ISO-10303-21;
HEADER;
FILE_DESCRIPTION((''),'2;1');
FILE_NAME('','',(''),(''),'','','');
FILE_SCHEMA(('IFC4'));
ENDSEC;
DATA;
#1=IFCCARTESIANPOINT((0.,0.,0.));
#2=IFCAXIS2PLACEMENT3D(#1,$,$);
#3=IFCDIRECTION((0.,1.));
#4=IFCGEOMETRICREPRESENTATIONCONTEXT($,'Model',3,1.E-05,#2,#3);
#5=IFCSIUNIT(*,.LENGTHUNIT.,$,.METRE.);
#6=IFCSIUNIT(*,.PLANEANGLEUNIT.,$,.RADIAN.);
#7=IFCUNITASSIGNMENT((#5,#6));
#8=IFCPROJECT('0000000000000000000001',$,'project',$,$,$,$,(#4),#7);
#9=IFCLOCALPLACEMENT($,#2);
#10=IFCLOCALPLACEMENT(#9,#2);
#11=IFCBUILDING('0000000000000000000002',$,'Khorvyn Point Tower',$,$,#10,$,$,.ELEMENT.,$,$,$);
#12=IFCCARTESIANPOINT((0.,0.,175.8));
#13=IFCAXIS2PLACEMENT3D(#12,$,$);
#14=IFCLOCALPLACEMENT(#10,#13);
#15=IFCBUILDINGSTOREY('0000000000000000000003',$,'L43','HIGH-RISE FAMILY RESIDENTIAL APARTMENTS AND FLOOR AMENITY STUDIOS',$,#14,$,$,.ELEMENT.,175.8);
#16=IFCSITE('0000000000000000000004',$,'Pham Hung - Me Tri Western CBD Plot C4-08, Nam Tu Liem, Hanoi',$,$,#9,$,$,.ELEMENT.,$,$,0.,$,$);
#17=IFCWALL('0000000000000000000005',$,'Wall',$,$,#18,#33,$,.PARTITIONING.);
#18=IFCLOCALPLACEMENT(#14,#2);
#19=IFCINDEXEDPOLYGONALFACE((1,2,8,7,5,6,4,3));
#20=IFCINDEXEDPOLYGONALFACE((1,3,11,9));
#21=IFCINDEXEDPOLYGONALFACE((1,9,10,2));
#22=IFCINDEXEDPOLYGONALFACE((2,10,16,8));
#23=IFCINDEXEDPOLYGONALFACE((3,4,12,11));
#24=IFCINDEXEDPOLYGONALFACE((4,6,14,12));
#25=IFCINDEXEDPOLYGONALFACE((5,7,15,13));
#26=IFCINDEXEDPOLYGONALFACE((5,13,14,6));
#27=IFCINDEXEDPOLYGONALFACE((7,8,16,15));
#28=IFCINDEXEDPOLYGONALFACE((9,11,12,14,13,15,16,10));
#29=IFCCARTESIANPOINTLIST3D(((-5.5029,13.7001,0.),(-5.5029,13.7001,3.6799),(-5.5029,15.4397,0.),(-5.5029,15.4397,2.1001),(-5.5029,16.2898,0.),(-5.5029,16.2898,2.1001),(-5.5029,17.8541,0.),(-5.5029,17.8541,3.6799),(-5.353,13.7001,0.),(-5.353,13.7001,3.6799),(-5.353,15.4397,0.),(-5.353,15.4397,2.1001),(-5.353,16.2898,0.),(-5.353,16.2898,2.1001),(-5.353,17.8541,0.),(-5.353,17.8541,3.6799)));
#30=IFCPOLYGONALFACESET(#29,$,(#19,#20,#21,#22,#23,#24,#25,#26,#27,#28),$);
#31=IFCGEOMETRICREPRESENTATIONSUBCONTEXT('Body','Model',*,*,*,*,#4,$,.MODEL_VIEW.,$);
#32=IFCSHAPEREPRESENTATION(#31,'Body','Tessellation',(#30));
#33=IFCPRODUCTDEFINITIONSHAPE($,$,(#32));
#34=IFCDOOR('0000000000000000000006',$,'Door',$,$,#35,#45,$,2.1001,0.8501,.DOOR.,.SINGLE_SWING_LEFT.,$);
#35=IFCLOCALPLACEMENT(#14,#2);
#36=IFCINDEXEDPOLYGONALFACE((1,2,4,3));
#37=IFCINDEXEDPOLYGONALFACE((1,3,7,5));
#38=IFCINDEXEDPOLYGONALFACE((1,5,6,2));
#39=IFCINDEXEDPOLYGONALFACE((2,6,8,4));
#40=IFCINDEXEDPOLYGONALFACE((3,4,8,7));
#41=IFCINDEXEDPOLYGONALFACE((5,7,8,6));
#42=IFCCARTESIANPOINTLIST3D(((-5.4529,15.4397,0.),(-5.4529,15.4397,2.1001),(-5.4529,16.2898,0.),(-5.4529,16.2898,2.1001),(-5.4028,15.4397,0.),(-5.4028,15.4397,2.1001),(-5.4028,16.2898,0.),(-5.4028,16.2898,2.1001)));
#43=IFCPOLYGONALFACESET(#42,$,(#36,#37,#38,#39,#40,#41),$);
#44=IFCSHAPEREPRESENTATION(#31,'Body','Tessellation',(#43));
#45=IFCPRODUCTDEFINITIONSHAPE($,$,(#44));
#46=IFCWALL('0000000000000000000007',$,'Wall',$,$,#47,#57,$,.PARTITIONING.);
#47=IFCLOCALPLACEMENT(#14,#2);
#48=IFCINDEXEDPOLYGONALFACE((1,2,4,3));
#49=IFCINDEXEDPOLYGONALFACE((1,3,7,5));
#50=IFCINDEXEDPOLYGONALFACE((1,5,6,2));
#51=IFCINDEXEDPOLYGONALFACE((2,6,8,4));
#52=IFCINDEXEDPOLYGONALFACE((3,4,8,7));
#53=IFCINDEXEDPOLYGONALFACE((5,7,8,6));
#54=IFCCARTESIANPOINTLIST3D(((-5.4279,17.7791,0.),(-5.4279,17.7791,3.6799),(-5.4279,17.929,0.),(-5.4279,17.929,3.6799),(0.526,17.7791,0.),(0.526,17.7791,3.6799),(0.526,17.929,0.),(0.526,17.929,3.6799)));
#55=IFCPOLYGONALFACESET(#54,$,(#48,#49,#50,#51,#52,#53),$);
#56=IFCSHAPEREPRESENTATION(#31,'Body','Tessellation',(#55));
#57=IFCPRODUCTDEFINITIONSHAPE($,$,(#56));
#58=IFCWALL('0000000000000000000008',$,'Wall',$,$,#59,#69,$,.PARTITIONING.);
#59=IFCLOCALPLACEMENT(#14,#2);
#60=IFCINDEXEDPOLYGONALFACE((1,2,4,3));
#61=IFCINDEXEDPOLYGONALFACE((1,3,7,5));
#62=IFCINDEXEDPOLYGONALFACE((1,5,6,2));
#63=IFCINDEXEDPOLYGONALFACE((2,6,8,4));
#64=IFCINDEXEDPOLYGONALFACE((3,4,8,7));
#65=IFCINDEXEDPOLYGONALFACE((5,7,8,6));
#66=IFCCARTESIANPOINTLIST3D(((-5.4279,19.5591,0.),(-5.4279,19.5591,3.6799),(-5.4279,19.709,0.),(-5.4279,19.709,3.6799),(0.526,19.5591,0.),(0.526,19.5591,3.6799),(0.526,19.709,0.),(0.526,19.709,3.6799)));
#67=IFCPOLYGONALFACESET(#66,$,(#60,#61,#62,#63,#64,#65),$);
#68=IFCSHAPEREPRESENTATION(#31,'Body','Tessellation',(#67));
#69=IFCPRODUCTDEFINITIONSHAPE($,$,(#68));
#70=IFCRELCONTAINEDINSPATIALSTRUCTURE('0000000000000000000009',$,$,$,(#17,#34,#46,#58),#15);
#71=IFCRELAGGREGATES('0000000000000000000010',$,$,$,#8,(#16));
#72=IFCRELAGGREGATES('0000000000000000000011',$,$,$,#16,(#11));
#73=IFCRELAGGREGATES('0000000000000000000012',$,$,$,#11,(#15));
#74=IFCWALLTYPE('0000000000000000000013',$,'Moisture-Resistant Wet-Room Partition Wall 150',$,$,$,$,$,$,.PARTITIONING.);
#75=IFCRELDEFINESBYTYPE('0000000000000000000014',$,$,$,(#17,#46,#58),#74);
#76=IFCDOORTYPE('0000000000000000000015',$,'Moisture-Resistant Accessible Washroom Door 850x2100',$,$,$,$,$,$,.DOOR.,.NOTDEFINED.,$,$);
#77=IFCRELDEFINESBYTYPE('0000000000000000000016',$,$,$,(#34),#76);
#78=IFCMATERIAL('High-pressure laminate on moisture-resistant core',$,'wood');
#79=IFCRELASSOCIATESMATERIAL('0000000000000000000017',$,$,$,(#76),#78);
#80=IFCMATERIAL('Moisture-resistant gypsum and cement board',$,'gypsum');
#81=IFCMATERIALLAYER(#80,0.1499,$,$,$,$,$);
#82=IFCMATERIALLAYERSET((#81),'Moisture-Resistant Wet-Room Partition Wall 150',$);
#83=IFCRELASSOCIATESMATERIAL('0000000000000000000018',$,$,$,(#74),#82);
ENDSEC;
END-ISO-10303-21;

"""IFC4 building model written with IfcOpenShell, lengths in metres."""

from ifc_helpers import new_model, si_unit, direction, frame, frame_2d, origin, place, context, subcontext, project, spatial, rectangle, extrude, material, layer, layer_set, type_object, element, fill, save


model = new_model("IFC4")

# Units and contexts
model_context = context("Model", 3, precision=1e-05, world=origin(), true_north=direction((0.0, 1.0)))
body_context = subcontext(model_context, "Body", "Model", "MODEL_VIEW")
ifc_project = project(units=[si_unit("LENGTHUNIT", "METRE"), si_unit("PLANEANGLEUNIT", "RADIAN")], contexts=[model_context])

# Site, building, storey
site_placement = place(None, origin())
site = spatial("IfcSite", under=ifc_project, at=site_placement, Name="Pham Hung - Me Tri Western CBD Plot C4-08, Nam Tu Liem, Hanoi", CompositionType="ELEMENT", RefElevation=0.0)
building_placement = place(site_placement, origin())
building = spatial("IfcBuilding", under=site, at=building_placement, Name="Khorvyn Point Tower", CompositionType="ELEMENT")
storey_placement = place(building_placement, frame((0.0, 0.0, 175.8)))
storey = spatial("IfcBuildingStorey", under=building, at=storey_placement, Name="L43", Description="HIGH-RISE FAMILY RESIDENTIAL APARTMENTS AND FLOOR AMENITY STUDIOS", CompositionType="ELEMENT", Elevation=175.8)

# Wall, opening, door
ifc_material_1 = material(Name="High-pressure laminate on moisture-resistant core", Category="wood")
door_type_1 = type_object("IfcDoorType", Name="Moisture-Resistant Accessible Washroom Door 850x2100", OperationType="NOTDEFINED", PredefinedType="DOOR", material=ifc_material_1)
ifc_material_2 = material(Name="Moisture-resistant gypsum and cement board", Category="gypsum")
ifc_layer_1 = layer(ifc_material_2, 0.1499)
ifc_layer_set_1 = layer_set([ifc_layer_1], Name="Moisture-Resistant Wet-Room Partition Wall 150")
wall_type_1 = type_object("IfcWallType", Name="Moisture-Resistant Wet-Room Partition Wall 150", PredefinedType="PARTITIONING", material=ifc_layer_set_1)
wall_1_placement = place(storey_placement, frame((-5.428, 13.7, 0.0), z_axis=(0.0, 0.0, 1.0), x_axis=(0.0, 1.0, 0.0)))
wall_1 = element("IfcWall", 1, at=wall_1_placement, inside=storey, type_object=wall_type_1, Name="Wall", PredefinedType="PARTITIONING", context=body_context, shape_type="SweptSolid", body=[
    extrude(rectangle(XDim=4.1541, YDim=0.1499, at=frame_2d((2.0771, 0.0))), origin(), (0.0, 0.0, 1.0), 3.6799),
])
opening_1_placement = place(wall_1_placement, frame((1.7397, 0.0, 0.0)))
opening_1 = element("IfcOpeningElement", 2, at=opening_1_placement, cuts=wall_1, PredefinedType="OPENING", context=body_context, shape_type="SweptSolid", body=[
    extrude(rectangle(XDim=0.8501, YDim=2.1001, at=frame_2d((0.425, 1.05))), frame((0.0, 0.085, 0.0), z_axis=(0.0, -1.0, 0.0), x_axis=(1.0, 0.0, 0.0)), (0.0, 0.0, 1.0), 0.1699),
])
door_1_placement = place(opening_1_placement, origin())
door_1 = element("IfcDoor", 3, at=door_1_placement, inside=storey, type_object=door_type_1, Name="Door", OperationType="SINGLE_SWING_LEFT", OverallHeight=2.1001, OverallWidth=0.8501, PredefinedType="DOOR", context=body_context, shape_type="SweptSolid", body=[
    extrude(rectangle(XDim=0.8501, YDim=2.1001, at=frame_2d((0.425, 1.05))), frame((0.0, 0.0249, 0.0), z_axis=(0.0, -1.0, 0.0), x_axis=(1.0, 0.0, 0.0)), (0.0, 0.0, 1.0), 0.05),
])
fill(opening_1, door_1)

# Walls
for number, where, z_axis, x_axis, name in (
    (4, (-5.428, 17.854, 0.0), (0.0, 0.0, 1.0), (1.0, 0.0, 0.0), "Wall"),
    (5, (-5.428, 19.634, 0.0), (0.0, 0.0, 1.0), (1.0, 0.0, 0.0), "Wall"),
):
    element("IfcWall", number, at=place(storey_placement, frame(where, z_axis=z_axis, x_axis=x_axis)), inside=storey, type_object=wall_type_1, Name=name, PredefinedType="PARTITIONING", context=body_context, shape_type="SweptSolid", body=[
        extrude(rectangle(XDim=5.9539, YDim=0.1499, at=frame_2d((2.9771, 0.0))), origin(), (0.0, 0.0, 1.0), 3.6799),
    ])

save(model, "model.ifc")
